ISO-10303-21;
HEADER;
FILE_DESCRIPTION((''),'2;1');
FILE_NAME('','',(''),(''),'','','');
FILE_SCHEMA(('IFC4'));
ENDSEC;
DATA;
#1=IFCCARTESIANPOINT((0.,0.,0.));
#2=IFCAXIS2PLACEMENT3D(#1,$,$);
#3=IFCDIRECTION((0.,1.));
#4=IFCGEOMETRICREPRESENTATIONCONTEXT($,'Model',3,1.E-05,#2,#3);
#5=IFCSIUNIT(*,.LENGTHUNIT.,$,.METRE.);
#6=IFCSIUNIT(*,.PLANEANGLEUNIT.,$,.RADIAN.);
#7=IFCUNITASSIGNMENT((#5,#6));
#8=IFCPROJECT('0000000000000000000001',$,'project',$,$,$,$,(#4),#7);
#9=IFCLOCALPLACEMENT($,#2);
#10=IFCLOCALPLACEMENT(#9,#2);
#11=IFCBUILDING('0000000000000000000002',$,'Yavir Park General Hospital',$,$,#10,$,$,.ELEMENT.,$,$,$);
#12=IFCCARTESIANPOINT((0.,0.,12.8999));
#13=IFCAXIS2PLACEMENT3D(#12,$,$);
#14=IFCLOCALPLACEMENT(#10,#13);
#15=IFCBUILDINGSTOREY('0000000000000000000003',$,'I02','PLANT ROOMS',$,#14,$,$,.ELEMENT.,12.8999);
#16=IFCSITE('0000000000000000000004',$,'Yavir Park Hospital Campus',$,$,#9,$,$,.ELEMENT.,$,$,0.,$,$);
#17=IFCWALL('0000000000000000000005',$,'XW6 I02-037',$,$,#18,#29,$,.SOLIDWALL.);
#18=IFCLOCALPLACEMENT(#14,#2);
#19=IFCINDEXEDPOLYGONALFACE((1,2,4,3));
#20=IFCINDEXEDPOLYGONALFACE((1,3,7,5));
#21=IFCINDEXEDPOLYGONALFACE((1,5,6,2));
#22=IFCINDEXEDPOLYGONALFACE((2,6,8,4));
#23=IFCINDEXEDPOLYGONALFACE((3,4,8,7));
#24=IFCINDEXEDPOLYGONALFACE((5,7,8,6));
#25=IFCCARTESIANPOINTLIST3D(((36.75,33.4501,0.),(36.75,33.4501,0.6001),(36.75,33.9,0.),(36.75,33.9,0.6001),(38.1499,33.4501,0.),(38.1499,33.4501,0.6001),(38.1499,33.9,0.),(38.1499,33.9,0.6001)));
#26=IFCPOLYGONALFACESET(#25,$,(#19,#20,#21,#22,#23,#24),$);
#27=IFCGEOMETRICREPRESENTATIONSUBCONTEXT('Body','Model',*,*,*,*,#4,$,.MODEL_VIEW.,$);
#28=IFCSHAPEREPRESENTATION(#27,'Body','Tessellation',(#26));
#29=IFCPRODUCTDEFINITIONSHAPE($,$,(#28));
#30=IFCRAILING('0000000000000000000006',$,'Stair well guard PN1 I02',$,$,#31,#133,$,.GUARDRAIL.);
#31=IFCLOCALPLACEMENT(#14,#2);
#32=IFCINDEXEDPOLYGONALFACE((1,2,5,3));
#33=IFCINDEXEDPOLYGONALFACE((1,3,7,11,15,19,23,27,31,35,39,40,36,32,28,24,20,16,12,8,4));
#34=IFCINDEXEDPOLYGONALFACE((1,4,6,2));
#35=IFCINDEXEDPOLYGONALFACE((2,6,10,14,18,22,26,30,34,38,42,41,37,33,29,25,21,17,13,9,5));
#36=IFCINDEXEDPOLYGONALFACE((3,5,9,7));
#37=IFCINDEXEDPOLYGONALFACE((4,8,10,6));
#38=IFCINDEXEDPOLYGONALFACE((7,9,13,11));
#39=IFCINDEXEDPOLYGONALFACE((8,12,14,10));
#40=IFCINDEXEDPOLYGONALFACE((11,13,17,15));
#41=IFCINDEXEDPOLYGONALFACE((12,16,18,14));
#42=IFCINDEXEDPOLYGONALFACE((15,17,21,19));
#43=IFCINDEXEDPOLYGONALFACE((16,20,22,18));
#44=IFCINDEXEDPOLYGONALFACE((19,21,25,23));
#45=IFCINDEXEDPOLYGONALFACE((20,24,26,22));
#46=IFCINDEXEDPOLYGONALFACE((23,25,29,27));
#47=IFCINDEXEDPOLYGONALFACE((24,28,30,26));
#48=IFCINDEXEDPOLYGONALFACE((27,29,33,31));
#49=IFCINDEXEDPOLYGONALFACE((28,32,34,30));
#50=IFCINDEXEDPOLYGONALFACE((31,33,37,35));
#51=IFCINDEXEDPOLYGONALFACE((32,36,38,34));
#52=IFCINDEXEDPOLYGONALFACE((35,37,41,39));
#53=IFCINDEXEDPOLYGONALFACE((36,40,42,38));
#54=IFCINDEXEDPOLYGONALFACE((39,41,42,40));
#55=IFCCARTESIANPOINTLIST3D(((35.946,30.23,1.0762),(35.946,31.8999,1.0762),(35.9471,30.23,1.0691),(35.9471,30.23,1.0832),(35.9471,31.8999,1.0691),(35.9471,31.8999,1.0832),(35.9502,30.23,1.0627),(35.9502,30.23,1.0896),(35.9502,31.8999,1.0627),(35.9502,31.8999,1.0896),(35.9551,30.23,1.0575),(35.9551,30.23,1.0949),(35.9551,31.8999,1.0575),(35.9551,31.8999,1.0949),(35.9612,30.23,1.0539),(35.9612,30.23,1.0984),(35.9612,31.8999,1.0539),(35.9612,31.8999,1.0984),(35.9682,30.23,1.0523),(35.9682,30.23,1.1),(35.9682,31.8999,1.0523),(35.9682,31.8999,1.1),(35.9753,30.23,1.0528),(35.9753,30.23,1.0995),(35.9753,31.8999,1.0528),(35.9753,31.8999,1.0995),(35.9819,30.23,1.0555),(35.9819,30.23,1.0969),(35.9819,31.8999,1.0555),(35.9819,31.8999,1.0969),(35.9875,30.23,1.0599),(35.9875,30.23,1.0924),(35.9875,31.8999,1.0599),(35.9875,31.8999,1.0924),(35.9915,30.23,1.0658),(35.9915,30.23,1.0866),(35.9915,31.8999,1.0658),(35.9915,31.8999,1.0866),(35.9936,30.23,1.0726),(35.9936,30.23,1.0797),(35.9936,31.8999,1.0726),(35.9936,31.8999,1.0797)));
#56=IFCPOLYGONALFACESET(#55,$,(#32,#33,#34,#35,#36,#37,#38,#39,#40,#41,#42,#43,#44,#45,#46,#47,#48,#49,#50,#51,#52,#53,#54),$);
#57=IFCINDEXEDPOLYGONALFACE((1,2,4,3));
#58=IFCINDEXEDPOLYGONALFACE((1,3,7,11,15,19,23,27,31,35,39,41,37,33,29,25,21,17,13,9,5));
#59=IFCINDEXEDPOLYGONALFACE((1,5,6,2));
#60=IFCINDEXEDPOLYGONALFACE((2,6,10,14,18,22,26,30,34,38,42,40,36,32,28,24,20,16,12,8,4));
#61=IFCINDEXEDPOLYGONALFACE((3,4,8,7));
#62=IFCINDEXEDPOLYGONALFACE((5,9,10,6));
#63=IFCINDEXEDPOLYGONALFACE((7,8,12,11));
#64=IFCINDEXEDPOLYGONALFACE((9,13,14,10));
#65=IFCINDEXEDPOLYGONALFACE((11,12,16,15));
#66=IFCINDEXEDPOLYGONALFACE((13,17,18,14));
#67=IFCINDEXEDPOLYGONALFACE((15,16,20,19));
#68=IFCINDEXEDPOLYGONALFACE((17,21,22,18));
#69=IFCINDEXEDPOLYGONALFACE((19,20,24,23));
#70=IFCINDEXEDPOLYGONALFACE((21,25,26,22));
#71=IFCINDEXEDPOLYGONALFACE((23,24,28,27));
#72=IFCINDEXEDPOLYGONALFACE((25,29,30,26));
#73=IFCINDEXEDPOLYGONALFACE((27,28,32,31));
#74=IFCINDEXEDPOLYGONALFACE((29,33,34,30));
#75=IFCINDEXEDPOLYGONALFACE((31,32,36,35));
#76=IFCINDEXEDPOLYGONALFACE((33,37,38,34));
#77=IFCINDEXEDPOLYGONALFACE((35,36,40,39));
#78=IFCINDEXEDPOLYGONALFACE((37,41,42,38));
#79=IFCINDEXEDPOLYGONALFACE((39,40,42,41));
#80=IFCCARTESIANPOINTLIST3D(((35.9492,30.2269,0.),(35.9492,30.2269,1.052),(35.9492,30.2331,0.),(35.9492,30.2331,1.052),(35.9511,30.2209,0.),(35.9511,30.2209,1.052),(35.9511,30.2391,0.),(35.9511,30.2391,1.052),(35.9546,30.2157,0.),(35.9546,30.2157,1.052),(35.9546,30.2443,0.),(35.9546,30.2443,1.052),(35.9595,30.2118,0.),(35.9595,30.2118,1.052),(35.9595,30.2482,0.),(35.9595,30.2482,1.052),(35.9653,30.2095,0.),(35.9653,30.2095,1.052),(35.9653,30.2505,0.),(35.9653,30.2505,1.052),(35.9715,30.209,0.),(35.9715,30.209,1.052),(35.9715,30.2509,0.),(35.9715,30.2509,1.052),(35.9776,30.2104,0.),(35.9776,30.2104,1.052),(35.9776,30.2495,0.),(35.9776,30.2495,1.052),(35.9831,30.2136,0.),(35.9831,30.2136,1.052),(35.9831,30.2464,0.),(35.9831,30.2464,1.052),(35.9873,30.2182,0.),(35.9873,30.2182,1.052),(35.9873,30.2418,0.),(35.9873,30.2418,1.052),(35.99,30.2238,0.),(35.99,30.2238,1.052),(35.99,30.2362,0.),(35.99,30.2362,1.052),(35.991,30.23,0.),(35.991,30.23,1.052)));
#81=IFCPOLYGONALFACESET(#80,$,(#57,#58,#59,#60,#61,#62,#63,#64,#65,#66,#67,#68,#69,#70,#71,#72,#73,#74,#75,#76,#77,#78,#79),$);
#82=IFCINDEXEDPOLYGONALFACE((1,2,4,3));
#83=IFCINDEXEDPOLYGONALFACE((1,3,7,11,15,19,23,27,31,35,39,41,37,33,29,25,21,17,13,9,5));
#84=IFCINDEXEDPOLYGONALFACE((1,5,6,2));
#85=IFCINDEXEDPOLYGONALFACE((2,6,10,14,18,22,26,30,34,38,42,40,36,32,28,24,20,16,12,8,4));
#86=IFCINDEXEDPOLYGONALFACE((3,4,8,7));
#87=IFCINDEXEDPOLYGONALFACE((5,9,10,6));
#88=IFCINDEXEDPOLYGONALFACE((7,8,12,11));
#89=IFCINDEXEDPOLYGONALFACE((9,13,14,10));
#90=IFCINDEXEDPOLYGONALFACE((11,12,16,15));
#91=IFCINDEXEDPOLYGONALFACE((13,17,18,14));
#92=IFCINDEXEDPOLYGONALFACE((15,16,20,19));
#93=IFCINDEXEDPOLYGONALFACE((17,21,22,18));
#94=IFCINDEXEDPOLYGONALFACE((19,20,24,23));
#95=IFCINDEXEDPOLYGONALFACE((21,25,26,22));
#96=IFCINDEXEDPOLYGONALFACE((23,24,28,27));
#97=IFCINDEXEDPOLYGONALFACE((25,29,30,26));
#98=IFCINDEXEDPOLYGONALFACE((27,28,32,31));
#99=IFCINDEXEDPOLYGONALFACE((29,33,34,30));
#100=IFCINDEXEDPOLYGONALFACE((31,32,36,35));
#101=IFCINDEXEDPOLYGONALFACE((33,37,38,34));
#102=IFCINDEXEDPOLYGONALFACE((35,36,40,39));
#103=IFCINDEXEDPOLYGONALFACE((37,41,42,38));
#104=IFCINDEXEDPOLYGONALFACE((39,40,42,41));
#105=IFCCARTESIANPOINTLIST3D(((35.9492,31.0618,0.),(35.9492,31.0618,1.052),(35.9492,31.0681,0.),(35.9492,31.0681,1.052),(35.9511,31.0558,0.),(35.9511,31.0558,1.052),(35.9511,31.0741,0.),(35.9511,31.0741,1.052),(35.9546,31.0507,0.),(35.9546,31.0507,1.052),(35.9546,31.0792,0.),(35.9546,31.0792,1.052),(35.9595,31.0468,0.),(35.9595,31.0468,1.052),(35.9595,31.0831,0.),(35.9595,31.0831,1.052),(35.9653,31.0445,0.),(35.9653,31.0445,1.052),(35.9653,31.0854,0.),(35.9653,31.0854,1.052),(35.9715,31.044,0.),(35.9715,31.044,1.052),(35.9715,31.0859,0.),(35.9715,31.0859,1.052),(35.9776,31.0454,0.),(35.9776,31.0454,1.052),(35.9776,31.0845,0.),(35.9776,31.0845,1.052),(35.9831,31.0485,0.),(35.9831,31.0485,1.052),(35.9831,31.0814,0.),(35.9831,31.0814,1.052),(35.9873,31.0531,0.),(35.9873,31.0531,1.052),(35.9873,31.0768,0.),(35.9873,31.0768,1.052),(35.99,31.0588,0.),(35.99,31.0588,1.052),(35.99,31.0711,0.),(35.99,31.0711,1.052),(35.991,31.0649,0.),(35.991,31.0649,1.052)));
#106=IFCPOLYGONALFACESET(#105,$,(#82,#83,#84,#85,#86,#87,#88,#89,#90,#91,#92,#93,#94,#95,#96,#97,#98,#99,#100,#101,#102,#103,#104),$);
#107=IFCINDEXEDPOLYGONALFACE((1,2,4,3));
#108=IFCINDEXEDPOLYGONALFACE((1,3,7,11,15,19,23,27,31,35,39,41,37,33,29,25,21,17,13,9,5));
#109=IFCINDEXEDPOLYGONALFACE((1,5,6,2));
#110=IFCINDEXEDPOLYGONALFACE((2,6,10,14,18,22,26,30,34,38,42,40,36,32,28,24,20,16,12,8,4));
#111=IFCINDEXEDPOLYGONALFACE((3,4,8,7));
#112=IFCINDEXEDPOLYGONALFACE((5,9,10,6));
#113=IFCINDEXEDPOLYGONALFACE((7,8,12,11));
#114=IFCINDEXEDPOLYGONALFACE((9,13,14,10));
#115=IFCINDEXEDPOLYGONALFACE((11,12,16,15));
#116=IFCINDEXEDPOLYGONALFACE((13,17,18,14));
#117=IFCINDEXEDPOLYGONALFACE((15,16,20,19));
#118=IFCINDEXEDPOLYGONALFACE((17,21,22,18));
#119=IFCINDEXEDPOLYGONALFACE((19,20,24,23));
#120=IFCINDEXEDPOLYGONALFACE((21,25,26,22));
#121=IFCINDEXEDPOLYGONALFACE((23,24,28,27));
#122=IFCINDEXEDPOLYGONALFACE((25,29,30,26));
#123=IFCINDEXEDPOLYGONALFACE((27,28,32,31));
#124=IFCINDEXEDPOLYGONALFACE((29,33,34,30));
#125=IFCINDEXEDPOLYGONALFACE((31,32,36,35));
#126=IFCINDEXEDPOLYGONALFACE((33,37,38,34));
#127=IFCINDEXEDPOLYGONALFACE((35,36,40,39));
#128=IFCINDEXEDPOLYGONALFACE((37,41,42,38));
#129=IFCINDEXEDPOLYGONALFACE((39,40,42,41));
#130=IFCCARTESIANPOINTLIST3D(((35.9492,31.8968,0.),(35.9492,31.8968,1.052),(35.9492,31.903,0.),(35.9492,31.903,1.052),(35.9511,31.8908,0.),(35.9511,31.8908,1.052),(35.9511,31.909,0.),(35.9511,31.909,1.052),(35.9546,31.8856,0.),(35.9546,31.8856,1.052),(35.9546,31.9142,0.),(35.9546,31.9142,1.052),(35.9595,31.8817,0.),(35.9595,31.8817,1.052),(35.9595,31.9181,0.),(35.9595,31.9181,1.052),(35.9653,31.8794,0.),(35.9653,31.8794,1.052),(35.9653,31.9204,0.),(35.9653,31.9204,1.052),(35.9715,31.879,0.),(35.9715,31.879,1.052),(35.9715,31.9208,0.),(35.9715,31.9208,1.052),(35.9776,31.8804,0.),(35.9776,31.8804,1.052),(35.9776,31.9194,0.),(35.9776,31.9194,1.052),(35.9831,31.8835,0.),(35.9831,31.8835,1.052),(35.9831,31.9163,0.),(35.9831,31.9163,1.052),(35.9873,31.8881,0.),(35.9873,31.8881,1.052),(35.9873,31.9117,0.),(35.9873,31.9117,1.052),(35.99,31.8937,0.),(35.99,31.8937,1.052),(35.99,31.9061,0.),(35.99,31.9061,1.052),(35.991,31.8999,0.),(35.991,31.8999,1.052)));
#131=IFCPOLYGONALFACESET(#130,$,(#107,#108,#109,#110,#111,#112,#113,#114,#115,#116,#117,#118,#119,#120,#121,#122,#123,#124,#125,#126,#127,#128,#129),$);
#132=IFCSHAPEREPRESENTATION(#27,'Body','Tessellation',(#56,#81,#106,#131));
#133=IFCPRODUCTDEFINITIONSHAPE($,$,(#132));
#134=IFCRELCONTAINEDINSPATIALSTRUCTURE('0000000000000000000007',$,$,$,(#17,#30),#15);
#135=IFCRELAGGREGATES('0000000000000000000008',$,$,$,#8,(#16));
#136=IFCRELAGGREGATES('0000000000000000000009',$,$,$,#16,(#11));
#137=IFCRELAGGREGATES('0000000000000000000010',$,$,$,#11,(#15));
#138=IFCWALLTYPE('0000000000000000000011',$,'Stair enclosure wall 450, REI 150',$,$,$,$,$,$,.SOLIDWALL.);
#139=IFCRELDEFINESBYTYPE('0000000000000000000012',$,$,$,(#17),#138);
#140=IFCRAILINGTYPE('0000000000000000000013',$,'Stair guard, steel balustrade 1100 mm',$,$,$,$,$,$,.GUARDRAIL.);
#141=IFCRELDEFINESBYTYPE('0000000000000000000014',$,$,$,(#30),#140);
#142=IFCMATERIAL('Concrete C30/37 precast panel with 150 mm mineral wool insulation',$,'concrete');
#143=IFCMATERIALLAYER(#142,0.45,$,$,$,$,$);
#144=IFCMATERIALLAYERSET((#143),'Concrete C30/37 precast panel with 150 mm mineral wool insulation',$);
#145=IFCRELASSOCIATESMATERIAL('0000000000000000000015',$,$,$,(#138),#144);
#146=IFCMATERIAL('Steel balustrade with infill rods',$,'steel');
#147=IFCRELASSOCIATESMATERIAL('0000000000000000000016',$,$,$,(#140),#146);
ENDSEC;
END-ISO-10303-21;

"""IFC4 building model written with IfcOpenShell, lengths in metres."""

from ifc_helpers import new_model, si_unit, direction, frame, frame_2d, origin, origin_2d, place, context, subcontext, project, spatial, rectangle, circle, extrude, material, layer, layer_set, type_object, element, save


model = new_model("IFC4")

# Units and contexts
model_context = context("Model", 3, precision=1e-05, world=origin(), true_north=direction((0.0, 1.0)))
body_context = subcontext(model_context, "Body", "Model", "MODEL_VIEW")
ifc_project = project(units=[si_unit("LENGTHUNIT", "METRE"), si_unit("PLANEANGLEUNIT", "RADIAN")], contexts=[model_context])

# Site, building, storey
site_placement = place(None, origin())
site = spatial("IfcSite", under=ifc_project, at=site_placement, Name="Yavir Park Hospital Campus", CompositionType="ELEMENT", RefElevation=0.0)
building_placement = place(site_placement, origin())
building = spatial("IfcBuilding", under=site, at=building_placement, Name="Yavir Park General Hospital", CompositionType="ELEMENT")
storey_placement = place(building_placement, frame((0.0, 0.0, 12.8999)))
storey = spatial("IfcBuildingStorey", under=building, at=storey_placement, Name="I02", Description="PLANT ROOMS", CompositionType="ELEMENT", Elevation=12.8999)

# Wall
ifc_material_1 = material(Name="Concrete C30/37 precast panel with 150 mm mineral wool insulation", Category="concrete")
ifc_layer_1 = layer(ifc_material_1, 0.45)
ifc_layer_set_1 = layer_set([ifc_layer_1], Name="Concrete C30/37 precast panel with 150 mm mineral wool insulation")
wall_type_1 = type_object("IfcWallType", Name="Stair enclosure wall 450, REI 150", PredefinedType="SOLIDWALL", material=ifc_layer_set_1)
wall_1_placement = place(storey_placement, frame((36.75, 33.675, 0.0), z_axis=(0.0, 0.0, 1.0), x_axis=(1.0, 0.0, 0.0)))
element("IfcWall", 1, at=wall_1_placement, inside=storey, type_object=wall_type_1, Name="XW6 I02-037", PredefinedType="SOLIDWALL", context=body_context, shape_type="SweptSolid", body=[
    extrude(rectangle(XDim=1.3999, YDim=0.45, at=frame_2d((0.7, 0.0))), origin(), (0.0, 0.0, 1.0), 0.6001),
])

# Railing
ifc_material_2 = material(Name="Steel balustrade with infill rods", Category="steel")
railing_type = type_object("IfcRailingType", Name="Stair guard, steel balustrade 1100 mm", PredefinedType="GUARDRAIL", material=ifc_material_2)
railing_placement = place(storey_placement, frame((35.97, 30.23, 0.0)))
element("IfcRailing", 2, at=railing_placement, inside=storey, type_object=railing_type, Name="Stair well guard PN1 I02", PredefinedType="GUARDRAIL", context=body_context, shape_type="SweptSolid", body=[
    extrude(circle(Radius=0.0239, at=origin_2d()), frame((0.0, 0.0, 1.0762), z_axis=(0.0, 1.0, 0.0), x_axis=(-1.0, 0.0, 0.0)), (0.0, 0.0, 1.0), 1.6699),
    extrude(circle(Radius=0.021, at=origin_2d()), origin(), (0.0, 0.0, 1.0), 1.052),
    extrude(circle(Radius=0.021, at=origin_2d()), frame((0.0, 0.835, 0.0)), (0.0, 0.0, 1.0), 1.052),
    extrude(circle(Radius=0.021, at=origin_2d()), frame((0.0, 1.6699, 0.0)), (0.0, 0.0, 1.0), 1.052),
])

save(model, "model.ifc")
